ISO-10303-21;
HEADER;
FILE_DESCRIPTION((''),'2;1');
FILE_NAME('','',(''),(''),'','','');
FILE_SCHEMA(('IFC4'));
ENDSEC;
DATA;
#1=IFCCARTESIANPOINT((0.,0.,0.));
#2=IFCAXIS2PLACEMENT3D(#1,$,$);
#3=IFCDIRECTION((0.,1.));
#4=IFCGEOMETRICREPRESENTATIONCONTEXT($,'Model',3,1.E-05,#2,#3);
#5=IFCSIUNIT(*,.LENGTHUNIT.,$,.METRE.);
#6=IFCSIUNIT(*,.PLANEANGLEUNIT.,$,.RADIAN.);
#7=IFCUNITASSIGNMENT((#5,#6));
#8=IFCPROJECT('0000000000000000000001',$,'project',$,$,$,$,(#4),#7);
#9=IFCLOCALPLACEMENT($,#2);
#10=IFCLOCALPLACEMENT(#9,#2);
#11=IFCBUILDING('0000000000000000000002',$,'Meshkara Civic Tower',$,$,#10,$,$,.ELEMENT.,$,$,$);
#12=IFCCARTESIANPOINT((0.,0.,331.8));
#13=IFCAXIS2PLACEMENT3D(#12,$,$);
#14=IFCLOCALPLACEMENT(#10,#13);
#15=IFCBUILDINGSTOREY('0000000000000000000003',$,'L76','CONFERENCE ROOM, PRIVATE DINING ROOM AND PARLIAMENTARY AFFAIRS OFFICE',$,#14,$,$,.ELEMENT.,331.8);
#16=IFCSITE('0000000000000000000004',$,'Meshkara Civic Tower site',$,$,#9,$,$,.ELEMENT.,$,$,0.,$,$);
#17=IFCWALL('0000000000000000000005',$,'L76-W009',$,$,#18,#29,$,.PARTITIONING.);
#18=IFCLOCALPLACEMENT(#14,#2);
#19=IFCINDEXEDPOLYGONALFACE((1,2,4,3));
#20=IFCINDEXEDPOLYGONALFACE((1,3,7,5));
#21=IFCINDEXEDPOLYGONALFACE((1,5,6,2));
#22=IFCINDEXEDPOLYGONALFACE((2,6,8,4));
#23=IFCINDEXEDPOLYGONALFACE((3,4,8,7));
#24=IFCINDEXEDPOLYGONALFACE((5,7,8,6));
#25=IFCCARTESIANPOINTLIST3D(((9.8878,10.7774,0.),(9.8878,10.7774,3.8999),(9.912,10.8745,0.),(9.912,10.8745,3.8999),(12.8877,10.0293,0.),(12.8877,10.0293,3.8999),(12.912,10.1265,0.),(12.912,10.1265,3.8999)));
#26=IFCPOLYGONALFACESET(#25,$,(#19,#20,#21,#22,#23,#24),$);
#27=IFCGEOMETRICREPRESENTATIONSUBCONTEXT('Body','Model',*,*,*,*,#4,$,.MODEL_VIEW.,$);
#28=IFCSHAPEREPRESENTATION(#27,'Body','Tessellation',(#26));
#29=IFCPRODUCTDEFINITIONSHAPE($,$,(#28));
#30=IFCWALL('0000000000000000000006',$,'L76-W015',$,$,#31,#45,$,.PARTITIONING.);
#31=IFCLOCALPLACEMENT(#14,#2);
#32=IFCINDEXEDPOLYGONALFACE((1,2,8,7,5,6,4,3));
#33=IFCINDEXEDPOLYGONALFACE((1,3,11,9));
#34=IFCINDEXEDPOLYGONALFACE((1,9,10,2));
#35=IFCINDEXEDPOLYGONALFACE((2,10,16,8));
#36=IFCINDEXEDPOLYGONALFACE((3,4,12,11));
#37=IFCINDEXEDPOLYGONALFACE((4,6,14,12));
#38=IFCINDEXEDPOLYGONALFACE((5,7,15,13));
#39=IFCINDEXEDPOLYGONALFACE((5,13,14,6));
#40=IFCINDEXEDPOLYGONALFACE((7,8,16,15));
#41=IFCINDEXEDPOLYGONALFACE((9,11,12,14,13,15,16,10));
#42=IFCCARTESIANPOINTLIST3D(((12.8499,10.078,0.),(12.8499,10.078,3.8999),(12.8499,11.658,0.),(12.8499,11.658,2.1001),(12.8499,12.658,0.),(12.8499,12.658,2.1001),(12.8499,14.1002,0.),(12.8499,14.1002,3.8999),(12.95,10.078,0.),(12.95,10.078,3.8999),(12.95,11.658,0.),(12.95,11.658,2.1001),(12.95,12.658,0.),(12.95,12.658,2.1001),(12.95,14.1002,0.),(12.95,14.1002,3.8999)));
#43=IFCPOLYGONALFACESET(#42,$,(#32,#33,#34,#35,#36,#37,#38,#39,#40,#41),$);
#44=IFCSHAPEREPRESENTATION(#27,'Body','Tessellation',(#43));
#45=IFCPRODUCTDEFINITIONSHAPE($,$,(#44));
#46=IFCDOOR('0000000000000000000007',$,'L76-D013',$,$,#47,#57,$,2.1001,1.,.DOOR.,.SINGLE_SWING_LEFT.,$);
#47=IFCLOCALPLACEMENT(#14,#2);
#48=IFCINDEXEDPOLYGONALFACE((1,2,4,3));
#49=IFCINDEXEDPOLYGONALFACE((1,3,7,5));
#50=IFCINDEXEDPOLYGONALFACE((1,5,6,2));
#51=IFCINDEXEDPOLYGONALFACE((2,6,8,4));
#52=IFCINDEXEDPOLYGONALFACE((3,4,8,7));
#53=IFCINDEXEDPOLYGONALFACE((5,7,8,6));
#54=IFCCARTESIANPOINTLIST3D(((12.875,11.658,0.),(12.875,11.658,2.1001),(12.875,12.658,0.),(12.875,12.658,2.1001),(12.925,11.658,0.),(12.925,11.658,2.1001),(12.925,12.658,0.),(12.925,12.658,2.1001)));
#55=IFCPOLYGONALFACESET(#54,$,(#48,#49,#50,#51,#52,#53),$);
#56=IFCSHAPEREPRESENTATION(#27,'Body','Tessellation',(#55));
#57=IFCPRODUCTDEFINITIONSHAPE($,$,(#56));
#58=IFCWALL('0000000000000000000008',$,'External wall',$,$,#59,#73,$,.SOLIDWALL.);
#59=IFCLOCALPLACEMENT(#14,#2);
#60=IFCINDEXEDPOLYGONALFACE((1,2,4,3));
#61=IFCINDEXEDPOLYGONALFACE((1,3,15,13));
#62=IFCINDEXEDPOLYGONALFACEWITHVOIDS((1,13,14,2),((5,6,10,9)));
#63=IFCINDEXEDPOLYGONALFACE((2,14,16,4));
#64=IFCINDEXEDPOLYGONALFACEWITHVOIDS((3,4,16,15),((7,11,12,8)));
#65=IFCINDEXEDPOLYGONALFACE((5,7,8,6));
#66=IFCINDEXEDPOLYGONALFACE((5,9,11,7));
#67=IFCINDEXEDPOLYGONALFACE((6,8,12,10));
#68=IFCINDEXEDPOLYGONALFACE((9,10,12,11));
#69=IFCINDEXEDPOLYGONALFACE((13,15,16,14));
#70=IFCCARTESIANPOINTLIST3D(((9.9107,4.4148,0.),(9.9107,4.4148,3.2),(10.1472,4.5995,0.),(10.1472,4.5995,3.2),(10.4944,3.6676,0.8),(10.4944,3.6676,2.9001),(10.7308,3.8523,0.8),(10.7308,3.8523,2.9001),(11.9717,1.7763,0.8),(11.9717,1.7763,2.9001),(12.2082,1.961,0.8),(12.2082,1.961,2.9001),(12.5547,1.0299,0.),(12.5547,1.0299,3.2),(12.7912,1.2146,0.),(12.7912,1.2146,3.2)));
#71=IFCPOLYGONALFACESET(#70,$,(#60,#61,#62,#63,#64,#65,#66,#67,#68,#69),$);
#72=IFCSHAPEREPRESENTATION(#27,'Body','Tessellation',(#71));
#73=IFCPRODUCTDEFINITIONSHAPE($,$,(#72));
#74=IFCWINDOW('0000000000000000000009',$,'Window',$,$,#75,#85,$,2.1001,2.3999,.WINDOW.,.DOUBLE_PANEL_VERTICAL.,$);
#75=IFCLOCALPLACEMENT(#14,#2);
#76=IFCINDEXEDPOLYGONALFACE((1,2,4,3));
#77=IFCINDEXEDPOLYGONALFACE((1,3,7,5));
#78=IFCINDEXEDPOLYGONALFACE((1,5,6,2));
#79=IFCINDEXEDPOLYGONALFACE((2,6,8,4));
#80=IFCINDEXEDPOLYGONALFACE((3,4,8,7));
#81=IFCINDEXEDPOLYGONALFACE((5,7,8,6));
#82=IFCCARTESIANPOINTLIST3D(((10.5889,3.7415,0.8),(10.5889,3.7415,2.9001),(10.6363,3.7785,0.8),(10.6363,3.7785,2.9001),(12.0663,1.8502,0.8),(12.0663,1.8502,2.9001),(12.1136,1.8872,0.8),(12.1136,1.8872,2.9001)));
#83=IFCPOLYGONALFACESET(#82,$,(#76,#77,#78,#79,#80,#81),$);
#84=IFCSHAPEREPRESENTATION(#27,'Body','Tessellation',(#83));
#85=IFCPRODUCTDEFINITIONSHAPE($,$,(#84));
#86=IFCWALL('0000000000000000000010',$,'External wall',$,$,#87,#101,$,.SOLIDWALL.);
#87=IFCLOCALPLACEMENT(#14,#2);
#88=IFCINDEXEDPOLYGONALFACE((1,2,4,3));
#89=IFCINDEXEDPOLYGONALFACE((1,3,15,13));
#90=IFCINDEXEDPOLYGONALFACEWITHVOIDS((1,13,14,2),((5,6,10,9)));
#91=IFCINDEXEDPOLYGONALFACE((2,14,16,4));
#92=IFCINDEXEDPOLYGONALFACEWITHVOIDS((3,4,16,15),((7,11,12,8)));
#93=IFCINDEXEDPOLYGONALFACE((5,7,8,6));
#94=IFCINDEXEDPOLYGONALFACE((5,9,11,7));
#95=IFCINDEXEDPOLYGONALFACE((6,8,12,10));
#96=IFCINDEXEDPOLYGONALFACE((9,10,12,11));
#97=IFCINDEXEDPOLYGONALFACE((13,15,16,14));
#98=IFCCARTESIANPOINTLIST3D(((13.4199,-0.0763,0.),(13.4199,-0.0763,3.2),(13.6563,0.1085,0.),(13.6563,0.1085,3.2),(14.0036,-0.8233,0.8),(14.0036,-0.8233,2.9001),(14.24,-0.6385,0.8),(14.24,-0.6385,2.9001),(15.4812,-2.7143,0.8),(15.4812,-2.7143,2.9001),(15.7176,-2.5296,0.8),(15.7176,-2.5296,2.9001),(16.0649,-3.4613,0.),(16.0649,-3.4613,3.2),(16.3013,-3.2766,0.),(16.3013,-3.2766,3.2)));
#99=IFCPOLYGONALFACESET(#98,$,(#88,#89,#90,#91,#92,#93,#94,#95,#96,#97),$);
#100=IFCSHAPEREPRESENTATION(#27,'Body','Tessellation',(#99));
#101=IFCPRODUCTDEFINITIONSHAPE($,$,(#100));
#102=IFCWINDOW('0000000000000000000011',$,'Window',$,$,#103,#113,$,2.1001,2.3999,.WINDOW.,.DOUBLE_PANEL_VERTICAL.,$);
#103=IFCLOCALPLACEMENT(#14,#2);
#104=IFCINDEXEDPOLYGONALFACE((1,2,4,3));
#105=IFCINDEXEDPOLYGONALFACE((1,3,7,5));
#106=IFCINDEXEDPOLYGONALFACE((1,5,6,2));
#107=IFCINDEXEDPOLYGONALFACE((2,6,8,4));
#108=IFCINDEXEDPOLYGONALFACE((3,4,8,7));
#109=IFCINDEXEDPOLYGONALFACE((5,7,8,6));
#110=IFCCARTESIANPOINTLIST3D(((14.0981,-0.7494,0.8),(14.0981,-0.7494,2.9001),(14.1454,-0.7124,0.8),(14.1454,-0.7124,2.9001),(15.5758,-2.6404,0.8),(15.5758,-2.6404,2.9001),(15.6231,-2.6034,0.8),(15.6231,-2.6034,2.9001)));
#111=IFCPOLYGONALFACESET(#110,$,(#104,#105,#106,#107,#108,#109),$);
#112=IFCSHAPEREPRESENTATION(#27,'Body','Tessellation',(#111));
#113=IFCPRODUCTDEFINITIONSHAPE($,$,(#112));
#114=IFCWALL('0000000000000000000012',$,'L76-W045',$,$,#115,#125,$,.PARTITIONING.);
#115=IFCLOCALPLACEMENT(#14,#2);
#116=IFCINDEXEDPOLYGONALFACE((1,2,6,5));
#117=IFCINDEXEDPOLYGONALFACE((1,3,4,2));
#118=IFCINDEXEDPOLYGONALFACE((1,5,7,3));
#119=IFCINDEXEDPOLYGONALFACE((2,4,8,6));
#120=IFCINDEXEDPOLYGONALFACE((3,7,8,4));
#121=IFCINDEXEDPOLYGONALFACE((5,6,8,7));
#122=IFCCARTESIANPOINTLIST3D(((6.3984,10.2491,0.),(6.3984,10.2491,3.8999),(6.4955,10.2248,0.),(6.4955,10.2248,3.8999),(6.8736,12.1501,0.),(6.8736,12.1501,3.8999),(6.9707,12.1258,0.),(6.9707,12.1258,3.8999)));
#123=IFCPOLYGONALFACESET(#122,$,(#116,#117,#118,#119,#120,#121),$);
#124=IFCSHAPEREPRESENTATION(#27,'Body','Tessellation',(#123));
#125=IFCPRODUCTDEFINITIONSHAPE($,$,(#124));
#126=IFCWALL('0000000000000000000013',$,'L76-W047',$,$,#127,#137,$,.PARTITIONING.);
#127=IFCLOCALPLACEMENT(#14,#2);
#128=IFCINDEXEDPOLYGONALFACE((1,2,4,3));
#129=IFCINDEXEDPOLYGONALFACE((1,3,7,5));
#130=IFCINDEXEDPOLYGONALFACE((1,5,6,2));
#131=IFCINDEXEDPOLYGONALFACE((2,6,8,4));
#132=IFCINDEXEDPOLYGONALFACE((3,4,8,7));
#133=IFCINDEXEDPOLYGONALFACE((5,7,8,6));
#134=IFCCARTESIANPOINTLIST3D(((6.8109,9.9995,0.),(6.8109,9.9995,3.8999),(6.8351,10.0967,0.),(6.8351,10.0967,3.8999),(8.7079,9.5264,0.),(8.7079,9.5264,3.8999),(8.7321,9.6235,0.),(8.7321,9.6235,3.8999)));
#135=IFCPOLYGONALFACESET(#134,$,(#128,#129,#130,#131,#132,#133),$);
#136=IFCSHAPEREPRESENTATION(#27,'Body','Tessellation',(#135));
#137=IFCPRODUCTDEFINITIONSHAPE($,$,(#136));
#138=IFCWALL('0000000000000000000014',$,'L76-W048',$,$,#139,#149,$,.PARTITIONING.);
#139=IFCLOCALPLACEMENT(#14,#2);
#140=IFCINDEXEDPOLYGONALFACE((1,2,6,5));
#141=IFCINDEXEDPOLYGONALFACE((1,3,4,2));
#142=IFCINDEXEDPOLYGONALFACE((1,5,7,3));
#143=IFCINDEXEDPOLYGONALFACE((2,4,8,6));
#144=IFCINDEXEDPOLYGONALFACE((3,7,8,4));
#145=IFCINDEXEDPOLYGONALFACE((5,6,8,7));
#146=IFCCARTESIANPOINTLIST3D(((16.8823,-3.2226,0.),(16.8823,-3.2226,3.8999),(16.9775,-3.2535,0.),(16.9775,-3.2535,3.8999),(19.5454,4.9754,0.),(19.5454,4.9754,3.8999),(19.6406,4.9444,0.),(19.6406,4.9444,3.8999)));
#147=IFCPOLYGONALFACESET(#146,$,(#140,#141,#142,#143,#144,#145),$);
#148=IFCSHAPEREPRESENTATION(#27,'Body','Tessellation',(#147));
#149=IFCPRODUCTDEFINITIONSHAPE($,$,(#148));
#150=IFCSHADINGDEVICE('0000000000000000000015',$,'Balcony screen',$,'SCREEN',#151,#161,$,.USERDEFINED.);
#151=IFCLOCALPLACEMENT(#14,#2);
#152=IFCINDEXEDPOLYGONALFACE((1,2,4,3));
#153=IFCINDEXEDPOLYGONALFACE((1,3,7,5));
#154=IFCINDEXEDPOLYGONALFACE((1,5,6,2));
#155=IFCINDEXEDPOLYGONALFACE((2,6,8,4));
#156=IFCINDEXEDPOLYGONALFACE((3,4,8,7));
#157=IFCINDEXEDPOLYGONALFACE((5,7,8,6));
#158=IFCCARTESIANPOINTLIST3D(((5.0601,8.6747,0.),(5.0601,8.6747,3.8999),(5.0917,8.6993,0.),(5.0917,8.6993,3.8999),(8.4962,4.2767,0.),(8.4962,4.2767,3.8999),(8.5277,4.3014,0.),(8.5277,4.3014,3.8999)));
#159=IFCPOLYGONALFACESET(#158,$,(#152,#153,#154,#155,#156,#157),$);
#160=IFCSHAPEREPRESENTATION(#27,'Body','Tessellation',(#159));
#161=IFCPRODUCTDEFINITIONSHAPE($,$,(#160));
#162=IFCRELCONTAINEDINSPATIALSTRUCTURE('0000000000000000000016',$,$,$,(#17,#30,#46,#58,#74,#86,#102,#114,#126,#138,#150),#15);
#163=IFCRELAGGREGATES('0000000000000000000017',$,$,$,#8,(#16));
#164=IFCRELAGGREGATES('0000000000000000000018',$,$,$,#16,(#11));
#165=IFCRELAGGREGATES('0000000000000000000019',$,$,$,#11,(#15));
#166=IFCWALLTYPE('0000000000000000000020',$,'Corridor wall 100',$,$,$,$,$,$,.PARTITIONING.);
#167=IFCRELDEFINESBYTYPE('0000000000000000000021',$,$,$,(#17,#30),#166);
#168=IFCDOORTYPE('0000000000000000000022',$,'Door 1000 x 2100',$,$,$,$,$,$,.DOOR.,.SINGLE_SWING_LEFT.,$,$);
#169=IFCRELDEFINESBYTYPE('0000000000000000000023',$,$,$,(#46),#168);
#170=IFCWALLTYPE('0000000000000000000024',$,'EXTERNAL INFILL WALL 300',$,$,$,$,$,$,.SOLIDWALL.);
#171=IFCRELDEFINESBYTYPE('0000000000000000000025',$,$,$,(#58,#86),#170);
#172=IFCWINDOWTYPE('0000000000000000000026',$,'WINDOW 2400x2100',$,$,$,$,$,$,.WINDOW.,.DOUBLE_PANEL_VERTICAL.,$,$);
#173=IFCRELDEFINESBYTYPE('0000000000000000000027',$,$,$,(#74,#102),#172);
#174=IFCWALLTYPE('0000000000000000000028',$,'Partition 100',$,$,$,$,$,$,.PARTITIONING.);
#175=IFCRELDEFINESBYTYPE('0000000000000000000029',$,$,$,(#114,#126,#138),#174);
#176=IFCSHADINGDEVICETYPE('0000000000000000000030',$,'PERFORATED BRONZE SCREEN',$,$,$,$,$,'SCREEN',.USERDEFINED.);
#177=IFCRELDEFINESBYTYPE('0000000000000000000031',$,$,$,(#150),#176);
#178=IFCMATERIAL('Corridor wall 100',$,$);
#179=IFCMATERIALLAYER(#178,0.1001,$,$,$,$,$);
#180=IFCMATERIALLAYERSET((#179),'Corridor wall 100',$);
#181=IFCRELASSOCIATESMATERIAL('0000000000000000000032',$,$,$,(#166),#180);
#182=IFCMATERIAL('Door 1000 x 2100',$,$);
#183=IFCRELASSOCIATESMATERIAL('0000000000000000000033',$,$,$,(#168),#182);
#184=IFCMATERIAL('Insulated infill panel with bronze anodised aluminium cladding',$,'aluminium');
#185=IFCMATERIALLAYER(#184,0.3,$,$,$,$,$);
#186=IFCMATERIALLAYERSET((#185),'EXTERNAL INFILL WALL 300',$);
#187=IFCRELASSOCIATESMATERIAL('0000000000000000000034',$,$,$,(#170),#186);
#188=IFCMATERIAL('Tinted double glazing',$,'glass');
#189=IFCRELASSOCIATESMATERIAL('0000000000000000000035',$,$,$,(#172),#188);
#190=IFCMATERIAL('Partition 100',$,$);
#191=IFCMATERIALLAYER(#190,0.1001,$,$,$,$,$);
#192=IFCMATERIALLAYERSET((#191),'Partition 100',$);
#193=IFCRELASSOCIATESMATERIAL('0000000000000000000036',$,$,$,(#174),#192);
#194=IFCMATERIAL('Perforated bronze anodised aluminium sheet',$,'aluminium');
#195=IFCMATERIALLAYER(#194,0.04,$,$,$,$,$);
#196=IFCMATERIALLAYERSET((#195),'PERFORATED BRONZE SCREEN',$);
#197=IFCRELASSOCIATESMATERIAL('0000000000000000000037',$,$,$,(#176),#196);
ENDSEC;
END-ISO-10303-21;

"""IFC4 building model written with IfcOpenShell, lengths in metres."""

from ifc_helpers import new_model, si_unit, direction, frame, frame_2d, origin, origin_2d, place, context, subcontext, project, spatial, rectangle, extrude, material, layer, layer_set, type_object, element, fill, save


model = new_model("IFC4")

# Units and contexts
model_context = context("Model", 3, precision=1e-05, world=origin(), true_north=direction((0.0, 1.0)))
body_context = subcontext(model_context, "Body", "Model", "MODEL_VIEW")
ifc_project = project(units=[si_unit("LENGTHUNIT", "METRE"), si_unit("PLANEANGLEUNIT", "RADIAN")], contexts=[model_context])

# Site, building, storey
site_placement = place(None, origin())
site = spatial("IfcSite", under=ifc_project, at=site_placement, Name="Meshkara Civic Tower site", CompositionType="ELEMENT", RefElevation=0.0)
building_placement = place(site_placement, origin())
building = spatial("IfcBuilding", under=site, at=building_placement, Name="Meshkara Civic Tower", CompositionType="ELEMENT")
storey_placement = place(building_placement, frame((0.0, 0.0, 331.8)))
storey = spatial("IfcBuildingStorey", under=building, at=storey_placement, Name="L76", Description="CONFERENCE ROOM, PRIVATE DINING ROOM AND PARLIAMENTARY AFFAIRS OFFICE", CompositionType="ELEMENT", Elevation=331.8)

# Shared definitions
ifc_material_1 = material(Name="Corridor wall 100")
ifc_layer_1 = layer(ifc_material_1, 0.1001)
ifc_layer_set_1 = layer_set([ifc_layer_1], Name="Corridor wall 100")
wall_type_1 = type_object("IfcWallType", Name="Corridor wall 100", PredefinedType="PARTITIONING", material=ifc_layer_set_1)
ifc_material_2 = material(Name="Door 1000 x 2100")
door_type_1 = type_object("IfcDoorType", Name="Door 1000 x 2100", OperationType="SINGLE_SWING_LEFT", PredefinedType="DOOR", material=ifc_material_2)

# Wall
wall_1_placement = place(storey_placement, frame((9.8999, 10.8259, 0.0), z_axis=(0.0, 0.0, 1.0), x_axis=(0.970291, -0.241941, 0.0)))
element("IfcWall", 1, at=wall_1_placement, inside=storey, type_object=wall_type_1, Name="L76-W009", PredefinedType="PARTITIONING", context=body_context, shape_type="SweptSolid", body=[
    extrude(rectangle(XDim=3.0918, YDim=0.1001, at=frame_2d((1.5459, 0.0))), origin(), (0.0, 0.0, 1.0), 3.8999),
])

# Wall, opening, door
wall_2_placement = place(storey_placement, frame((12.8999, 10.0779, 0.0), z_axis=(0.0, 0.0, 1.0), x_axis=(0.0, 1.0, 0.0)))
wall_2 = element("IfcWall", 2, at=wall_2_placement, inside=storey, type_object=wall_type_1, Name="L76-W015", PredefinedType="PARTITIONING", context=body_context, shape_type="SweptSolid", body=[
    extrude(rectangle(XDim=4.0222, YDim=0.1001, at=frame_2d((2.0112, 0.0))), origin(), (0.0, 0.0, 1.0), 3.8999),
])
opening_1_placement = place(wall_2_placement, frame((1.5801, 0.0, 0.0)))
opening_1 = element("IfcOpeningElement", 3, at=opening_1_placement, cuts=wall_2, PredefinedType="OPENING", context=body_context, shape_type="SweptSolid", body=[
    extrude(rectangle(XDim=1.0, YDim=2.1001, at=frame_2d((0.5, 1.05))), frame((0.0, 0.0601, 0.0), z_axis=(0.0, -1.0, 0.0), x_axis=(1.0, 0.0, 0.0)), (0.0, 0.0, 1.0), 0.1201),
])
door_1_placement = place(opening_1_placement, origin())
door_1 = element("IfcDoor", 4, at=door_1_placement, inside=storey, type_object=door_type_1, Name="L76-D013", OperationType="SINGLE_SWING_LEFT", OverallHeight=2.1001, OverallWidth=1.0, PredefinedType="DOOR", context=body_context, shape_type="SweptSolid", body=[
    extrude(rectangle(XDim=1.0, YDim=2.1001, at=frame_2d((0.5, 1.05))), frame((0.0, 0.0249, 0.0), z_axis=(0.0, -1.0, 0.0), x_axis=(1.0, 0.0, 0.0)), (0.0, 0.0, 1.0), 0.05),
])
fill(opening_1, door_1)

# Walls, openings, windows
ifc_material_3 = material(Name="Insulated infill panel with bronze anodised aluminium cladding", Category="aluminium")
ifc_layer_2 = layer(ifc_material_3, 0.3)
ifc_layer_set_2 = layer_set([ifc_layer_2], Name="EXTERNAL INFILL WALL 300")
wall_type_2 = type_object("IfcWallType", Name="EXTERNAL INFILL WALL 300", PredefinedType="SOLIDWALL", material=ifc_layer_set_2)
wall_3_placement = place(storey_placement, frame((10.0291, 4.5071, 0.0), z_axis=(0.0, 0.0, 1.0), x_axis=(0.615572, -0.78808, 0.0)))
wall_3 = element("IfcWall", 5, at=wall_3_placement, inside=storey, type_object=wall_type_2, Name="External wall", PredefinedType="SOLIDWALL", context=body_context, shape_type="SweptSolid", body=[
    extrude(rectangle(XDim=4.2952, YDim=0.3, at=frame_2d((2.1475, 0.0))), origin(), (0.0, 0.0, 1.0), 3.2),
])
opening_2_placement = place(wall_3_placement, frame((0.948, 0.0, 0.8)))
opening_2 = element("IfcOpeningElement", 6, at=opening_2_placement, cuts=wall_3, PredefinedType="OPENING", context=body_context, shape_type="SweptSolid", body=[
    extrude(rectangle(XDim=2.3999, YDim=2.1001, at=frame_2d((1.2, 1.05))), frame((0.0, 0.1599, 0.0), z_axis=(0.0, -1.0, 0.0), x_axis=(1.0, 0.0, 0.0)), (0.0, 0.0, 1.0), 0.3201),
])
ifc_material_4 = material(Name="Tinted double glazing", Category="glass")
window_type = type_object("IfcWindowType", Name="WINDOW 2400x2100", PartitioningType="DOUBLE_PANEL_VERTICAL", PredefinedType="WINDOW", material=ifc_material_4)
window_1_placement = place(opening_2_placement, origin())
window_1 = element("IfcWindow", 7, at=window_1_placement, inside=storey, type_object=window_type, Name="Window", OverallHeight=2.1001, OverallWidth=2.3999, PartitioningType="DOUBLE_PANEL_VERTICAL", PredefinedType="WINDOW", context=body_context, shape_type="SweptSolid", body=[
    extrude(rectangle(XDim=2.3999, YDim=2.1001, at=frame_2d((1.2, 1.05))), frame((0.0, 0.03, 0.0), z_axis=(0.0, -1.0, 0.0), x_axis=(1.0, 0.0, 0.0)), (0.0, 0.0, 1.0), 0.0601),
])
fill(opening_2, window_1)
wall_4_placement = place(storey_placement, frame((13.5381, 0.0161, 0.0), z_axis=(0.0, 0.0, 1.0), x_axis=(0.615714, -0.78797, 0.0)))
wall_4 = element("IfcWall", 8, at=wall_4_placement, inside=storey, type_object=wall_type_2, Name="External wall", PredefinedType="SOLIDWALL", context=body_context, shape_type="SweptSolid", body=[
    extrude(rectangle(XDim=4.2959, YDim=0.3, at=frame_2d((2.1479, 0.0))), origin(), (0.0, 0.0, 1.0), 3.2),
])
opening_3_placement = place(wall_4_placement, frame((0.948, 0.0, 0.8)))
opening_3 = element("IfcOpeningElement", 9, at=opening_3_placement, cuts=wall_4, PredefinedType="OPENING", context=body_context, shape_type="SweptSolid", body=[
    extrude(rectangle(XDim=2.3999, YDim=2.1001, at=frame_2d((1.2, 1.05))), frame((0.0, 0.1599, 0.0), z_axis=(0.0, -1.0, 0.0), x_axis=(1.0, 0.0, 0.0)), (0.0, 0.0, 1.0), 0.3201),
])
window_2_placement = place(opening_3_placement, origin())
window_2 = element("IfcWindow", 10, at=window_2_placement, inside=storey, type_object=window_type, Name="Window", OverallHeight=2.1001, OverallWidth=2.3999, PartitioningType="DOUBLE_PANEL_VERTICAL", PredefinedType="WINDOW", context=body_context, shape_type="SweptSolid", body=[
    extrude(rectangle(XDim=2.3999, YDim=2.1001, at=frame_2d((1.2, 1.05))), frame((0.0, 0.03, 0.0), z_axis=(0.0, -1.0, 0.0), x_axis=(1.0, 0.0, 0.0)), (0.0, 0.0, 1.0), 0.0601),
])
fill(opening_3, window_2)

# Walls
ifc_material_5 = material(Name="Partition 100")
ifc_layer_3 = layer(ifc_material_5, 0.1001)
ifc_layer_set_3 = layer_set([ifc_layer_3], Name="Partition 100")
wall_type_3 = type_object("IfcWallType", Name="Partition 100", PredefinedType="PARTITIONING", material=ifc_layer_set_3)
wall_5_placement = place(storey_placement, frame((6.9221, 12.1379, 0.0), z_axis=(0.0, 0.0, 1.0), x_axis=(-0.242477, -0.970157, 0.0)))
element("IfcWall", 11, at=wall_5_placement, inside=storey, type_object=wall_type_3, Name="L76-W045", PredefinedType="PARTITIONING", context=body_context, shape_type="SweptSolid", body=[
    extrude(rectangle(XDim=1.9595, YDim=0.1001, at=frame_2d((0.9797, 0.0))), origin(), (0.0, 0.0, 1.0), 3.8999),
])
wall_6_placement = place(storey_placement, frame((8.72, 9.575, 0.0), z_axis=(0.0, 0.0, 1.0), x_axis=(-0.970275, 0.242007, 0.0)))
element("IfcWall", 12, at=wall_6_placement, inside=storey, type_object=wall_type_3, Name="L76-W047", PredefinedType="PARTITIONING", context=body_context, shape_type="SweptSolid", body=[
    extrude(rectangle(XDim=1.9551, YDim=0.1001, at=frame_2d((0.9775, 0.0))), origin(), (0.0, 0.0, 1.0), 3.8999),
])
wall_7_placement = place(storey_placement, frame((16.9299, -3.238, 0.0), z_axis=(0.0, 0.0, 1.0), x_axis=(0.308953, 0.951077, 0.0)))
element("IfcWall", 13, at=wall_7_placement, inside=storey, type_object=wall_type_3, Name="L76-W048", PredefinedType="PARTITIONING", context=body_context, shape_type="SweptSolid", body=[
    extrude(rectangle(XDim=8.6196, YDim=0.1001, at=frame_2d((4.3098, 0.0))), origin(), (0.0, 0.0, 1.0), 3.8999),
])

# Shading device
ifc_material_6 = material(Name="Perforated bronze anodised aluminium sheet", Category="aluminium")
ifc_layer_4 = layer(ifc_material_6, 0.04)
ifc_layer_set_4 = layer_set([ifc_layer_4], Name="PERFORATED BRONZE SCREEN")
shading_device_type = type_object("IfcShadingDeviceType", Name="PERFORATED BRONZE SCREEN", ElementType="SCREEN", PredefinedType="USERDEFINED", material=ifc_layer_set_4)
shading_device_placement = place(storey_placement, frame((6.7939, 6.488, 0.0), z_axis=(0.0, 0.0, 1.0), x_axis=(0.615661, -0.788011, 0.0)))
element("IfcShadingDevice", 14, at=shading_device_placement, inside=storey, type_object=shading_device_type, Name="Balcony screen", ObjectType="SCREEN", PredefinedType="USERDEFINED", context=body_context, shape_type="SweptSolid", body=[
    extrude(rectangle(XDim=5.5811, YDim=0.04, at=origin_2d()), origin(), (0.0, 0.0, 1.0), 3.8999),
])

save(model, "model.ifc")
